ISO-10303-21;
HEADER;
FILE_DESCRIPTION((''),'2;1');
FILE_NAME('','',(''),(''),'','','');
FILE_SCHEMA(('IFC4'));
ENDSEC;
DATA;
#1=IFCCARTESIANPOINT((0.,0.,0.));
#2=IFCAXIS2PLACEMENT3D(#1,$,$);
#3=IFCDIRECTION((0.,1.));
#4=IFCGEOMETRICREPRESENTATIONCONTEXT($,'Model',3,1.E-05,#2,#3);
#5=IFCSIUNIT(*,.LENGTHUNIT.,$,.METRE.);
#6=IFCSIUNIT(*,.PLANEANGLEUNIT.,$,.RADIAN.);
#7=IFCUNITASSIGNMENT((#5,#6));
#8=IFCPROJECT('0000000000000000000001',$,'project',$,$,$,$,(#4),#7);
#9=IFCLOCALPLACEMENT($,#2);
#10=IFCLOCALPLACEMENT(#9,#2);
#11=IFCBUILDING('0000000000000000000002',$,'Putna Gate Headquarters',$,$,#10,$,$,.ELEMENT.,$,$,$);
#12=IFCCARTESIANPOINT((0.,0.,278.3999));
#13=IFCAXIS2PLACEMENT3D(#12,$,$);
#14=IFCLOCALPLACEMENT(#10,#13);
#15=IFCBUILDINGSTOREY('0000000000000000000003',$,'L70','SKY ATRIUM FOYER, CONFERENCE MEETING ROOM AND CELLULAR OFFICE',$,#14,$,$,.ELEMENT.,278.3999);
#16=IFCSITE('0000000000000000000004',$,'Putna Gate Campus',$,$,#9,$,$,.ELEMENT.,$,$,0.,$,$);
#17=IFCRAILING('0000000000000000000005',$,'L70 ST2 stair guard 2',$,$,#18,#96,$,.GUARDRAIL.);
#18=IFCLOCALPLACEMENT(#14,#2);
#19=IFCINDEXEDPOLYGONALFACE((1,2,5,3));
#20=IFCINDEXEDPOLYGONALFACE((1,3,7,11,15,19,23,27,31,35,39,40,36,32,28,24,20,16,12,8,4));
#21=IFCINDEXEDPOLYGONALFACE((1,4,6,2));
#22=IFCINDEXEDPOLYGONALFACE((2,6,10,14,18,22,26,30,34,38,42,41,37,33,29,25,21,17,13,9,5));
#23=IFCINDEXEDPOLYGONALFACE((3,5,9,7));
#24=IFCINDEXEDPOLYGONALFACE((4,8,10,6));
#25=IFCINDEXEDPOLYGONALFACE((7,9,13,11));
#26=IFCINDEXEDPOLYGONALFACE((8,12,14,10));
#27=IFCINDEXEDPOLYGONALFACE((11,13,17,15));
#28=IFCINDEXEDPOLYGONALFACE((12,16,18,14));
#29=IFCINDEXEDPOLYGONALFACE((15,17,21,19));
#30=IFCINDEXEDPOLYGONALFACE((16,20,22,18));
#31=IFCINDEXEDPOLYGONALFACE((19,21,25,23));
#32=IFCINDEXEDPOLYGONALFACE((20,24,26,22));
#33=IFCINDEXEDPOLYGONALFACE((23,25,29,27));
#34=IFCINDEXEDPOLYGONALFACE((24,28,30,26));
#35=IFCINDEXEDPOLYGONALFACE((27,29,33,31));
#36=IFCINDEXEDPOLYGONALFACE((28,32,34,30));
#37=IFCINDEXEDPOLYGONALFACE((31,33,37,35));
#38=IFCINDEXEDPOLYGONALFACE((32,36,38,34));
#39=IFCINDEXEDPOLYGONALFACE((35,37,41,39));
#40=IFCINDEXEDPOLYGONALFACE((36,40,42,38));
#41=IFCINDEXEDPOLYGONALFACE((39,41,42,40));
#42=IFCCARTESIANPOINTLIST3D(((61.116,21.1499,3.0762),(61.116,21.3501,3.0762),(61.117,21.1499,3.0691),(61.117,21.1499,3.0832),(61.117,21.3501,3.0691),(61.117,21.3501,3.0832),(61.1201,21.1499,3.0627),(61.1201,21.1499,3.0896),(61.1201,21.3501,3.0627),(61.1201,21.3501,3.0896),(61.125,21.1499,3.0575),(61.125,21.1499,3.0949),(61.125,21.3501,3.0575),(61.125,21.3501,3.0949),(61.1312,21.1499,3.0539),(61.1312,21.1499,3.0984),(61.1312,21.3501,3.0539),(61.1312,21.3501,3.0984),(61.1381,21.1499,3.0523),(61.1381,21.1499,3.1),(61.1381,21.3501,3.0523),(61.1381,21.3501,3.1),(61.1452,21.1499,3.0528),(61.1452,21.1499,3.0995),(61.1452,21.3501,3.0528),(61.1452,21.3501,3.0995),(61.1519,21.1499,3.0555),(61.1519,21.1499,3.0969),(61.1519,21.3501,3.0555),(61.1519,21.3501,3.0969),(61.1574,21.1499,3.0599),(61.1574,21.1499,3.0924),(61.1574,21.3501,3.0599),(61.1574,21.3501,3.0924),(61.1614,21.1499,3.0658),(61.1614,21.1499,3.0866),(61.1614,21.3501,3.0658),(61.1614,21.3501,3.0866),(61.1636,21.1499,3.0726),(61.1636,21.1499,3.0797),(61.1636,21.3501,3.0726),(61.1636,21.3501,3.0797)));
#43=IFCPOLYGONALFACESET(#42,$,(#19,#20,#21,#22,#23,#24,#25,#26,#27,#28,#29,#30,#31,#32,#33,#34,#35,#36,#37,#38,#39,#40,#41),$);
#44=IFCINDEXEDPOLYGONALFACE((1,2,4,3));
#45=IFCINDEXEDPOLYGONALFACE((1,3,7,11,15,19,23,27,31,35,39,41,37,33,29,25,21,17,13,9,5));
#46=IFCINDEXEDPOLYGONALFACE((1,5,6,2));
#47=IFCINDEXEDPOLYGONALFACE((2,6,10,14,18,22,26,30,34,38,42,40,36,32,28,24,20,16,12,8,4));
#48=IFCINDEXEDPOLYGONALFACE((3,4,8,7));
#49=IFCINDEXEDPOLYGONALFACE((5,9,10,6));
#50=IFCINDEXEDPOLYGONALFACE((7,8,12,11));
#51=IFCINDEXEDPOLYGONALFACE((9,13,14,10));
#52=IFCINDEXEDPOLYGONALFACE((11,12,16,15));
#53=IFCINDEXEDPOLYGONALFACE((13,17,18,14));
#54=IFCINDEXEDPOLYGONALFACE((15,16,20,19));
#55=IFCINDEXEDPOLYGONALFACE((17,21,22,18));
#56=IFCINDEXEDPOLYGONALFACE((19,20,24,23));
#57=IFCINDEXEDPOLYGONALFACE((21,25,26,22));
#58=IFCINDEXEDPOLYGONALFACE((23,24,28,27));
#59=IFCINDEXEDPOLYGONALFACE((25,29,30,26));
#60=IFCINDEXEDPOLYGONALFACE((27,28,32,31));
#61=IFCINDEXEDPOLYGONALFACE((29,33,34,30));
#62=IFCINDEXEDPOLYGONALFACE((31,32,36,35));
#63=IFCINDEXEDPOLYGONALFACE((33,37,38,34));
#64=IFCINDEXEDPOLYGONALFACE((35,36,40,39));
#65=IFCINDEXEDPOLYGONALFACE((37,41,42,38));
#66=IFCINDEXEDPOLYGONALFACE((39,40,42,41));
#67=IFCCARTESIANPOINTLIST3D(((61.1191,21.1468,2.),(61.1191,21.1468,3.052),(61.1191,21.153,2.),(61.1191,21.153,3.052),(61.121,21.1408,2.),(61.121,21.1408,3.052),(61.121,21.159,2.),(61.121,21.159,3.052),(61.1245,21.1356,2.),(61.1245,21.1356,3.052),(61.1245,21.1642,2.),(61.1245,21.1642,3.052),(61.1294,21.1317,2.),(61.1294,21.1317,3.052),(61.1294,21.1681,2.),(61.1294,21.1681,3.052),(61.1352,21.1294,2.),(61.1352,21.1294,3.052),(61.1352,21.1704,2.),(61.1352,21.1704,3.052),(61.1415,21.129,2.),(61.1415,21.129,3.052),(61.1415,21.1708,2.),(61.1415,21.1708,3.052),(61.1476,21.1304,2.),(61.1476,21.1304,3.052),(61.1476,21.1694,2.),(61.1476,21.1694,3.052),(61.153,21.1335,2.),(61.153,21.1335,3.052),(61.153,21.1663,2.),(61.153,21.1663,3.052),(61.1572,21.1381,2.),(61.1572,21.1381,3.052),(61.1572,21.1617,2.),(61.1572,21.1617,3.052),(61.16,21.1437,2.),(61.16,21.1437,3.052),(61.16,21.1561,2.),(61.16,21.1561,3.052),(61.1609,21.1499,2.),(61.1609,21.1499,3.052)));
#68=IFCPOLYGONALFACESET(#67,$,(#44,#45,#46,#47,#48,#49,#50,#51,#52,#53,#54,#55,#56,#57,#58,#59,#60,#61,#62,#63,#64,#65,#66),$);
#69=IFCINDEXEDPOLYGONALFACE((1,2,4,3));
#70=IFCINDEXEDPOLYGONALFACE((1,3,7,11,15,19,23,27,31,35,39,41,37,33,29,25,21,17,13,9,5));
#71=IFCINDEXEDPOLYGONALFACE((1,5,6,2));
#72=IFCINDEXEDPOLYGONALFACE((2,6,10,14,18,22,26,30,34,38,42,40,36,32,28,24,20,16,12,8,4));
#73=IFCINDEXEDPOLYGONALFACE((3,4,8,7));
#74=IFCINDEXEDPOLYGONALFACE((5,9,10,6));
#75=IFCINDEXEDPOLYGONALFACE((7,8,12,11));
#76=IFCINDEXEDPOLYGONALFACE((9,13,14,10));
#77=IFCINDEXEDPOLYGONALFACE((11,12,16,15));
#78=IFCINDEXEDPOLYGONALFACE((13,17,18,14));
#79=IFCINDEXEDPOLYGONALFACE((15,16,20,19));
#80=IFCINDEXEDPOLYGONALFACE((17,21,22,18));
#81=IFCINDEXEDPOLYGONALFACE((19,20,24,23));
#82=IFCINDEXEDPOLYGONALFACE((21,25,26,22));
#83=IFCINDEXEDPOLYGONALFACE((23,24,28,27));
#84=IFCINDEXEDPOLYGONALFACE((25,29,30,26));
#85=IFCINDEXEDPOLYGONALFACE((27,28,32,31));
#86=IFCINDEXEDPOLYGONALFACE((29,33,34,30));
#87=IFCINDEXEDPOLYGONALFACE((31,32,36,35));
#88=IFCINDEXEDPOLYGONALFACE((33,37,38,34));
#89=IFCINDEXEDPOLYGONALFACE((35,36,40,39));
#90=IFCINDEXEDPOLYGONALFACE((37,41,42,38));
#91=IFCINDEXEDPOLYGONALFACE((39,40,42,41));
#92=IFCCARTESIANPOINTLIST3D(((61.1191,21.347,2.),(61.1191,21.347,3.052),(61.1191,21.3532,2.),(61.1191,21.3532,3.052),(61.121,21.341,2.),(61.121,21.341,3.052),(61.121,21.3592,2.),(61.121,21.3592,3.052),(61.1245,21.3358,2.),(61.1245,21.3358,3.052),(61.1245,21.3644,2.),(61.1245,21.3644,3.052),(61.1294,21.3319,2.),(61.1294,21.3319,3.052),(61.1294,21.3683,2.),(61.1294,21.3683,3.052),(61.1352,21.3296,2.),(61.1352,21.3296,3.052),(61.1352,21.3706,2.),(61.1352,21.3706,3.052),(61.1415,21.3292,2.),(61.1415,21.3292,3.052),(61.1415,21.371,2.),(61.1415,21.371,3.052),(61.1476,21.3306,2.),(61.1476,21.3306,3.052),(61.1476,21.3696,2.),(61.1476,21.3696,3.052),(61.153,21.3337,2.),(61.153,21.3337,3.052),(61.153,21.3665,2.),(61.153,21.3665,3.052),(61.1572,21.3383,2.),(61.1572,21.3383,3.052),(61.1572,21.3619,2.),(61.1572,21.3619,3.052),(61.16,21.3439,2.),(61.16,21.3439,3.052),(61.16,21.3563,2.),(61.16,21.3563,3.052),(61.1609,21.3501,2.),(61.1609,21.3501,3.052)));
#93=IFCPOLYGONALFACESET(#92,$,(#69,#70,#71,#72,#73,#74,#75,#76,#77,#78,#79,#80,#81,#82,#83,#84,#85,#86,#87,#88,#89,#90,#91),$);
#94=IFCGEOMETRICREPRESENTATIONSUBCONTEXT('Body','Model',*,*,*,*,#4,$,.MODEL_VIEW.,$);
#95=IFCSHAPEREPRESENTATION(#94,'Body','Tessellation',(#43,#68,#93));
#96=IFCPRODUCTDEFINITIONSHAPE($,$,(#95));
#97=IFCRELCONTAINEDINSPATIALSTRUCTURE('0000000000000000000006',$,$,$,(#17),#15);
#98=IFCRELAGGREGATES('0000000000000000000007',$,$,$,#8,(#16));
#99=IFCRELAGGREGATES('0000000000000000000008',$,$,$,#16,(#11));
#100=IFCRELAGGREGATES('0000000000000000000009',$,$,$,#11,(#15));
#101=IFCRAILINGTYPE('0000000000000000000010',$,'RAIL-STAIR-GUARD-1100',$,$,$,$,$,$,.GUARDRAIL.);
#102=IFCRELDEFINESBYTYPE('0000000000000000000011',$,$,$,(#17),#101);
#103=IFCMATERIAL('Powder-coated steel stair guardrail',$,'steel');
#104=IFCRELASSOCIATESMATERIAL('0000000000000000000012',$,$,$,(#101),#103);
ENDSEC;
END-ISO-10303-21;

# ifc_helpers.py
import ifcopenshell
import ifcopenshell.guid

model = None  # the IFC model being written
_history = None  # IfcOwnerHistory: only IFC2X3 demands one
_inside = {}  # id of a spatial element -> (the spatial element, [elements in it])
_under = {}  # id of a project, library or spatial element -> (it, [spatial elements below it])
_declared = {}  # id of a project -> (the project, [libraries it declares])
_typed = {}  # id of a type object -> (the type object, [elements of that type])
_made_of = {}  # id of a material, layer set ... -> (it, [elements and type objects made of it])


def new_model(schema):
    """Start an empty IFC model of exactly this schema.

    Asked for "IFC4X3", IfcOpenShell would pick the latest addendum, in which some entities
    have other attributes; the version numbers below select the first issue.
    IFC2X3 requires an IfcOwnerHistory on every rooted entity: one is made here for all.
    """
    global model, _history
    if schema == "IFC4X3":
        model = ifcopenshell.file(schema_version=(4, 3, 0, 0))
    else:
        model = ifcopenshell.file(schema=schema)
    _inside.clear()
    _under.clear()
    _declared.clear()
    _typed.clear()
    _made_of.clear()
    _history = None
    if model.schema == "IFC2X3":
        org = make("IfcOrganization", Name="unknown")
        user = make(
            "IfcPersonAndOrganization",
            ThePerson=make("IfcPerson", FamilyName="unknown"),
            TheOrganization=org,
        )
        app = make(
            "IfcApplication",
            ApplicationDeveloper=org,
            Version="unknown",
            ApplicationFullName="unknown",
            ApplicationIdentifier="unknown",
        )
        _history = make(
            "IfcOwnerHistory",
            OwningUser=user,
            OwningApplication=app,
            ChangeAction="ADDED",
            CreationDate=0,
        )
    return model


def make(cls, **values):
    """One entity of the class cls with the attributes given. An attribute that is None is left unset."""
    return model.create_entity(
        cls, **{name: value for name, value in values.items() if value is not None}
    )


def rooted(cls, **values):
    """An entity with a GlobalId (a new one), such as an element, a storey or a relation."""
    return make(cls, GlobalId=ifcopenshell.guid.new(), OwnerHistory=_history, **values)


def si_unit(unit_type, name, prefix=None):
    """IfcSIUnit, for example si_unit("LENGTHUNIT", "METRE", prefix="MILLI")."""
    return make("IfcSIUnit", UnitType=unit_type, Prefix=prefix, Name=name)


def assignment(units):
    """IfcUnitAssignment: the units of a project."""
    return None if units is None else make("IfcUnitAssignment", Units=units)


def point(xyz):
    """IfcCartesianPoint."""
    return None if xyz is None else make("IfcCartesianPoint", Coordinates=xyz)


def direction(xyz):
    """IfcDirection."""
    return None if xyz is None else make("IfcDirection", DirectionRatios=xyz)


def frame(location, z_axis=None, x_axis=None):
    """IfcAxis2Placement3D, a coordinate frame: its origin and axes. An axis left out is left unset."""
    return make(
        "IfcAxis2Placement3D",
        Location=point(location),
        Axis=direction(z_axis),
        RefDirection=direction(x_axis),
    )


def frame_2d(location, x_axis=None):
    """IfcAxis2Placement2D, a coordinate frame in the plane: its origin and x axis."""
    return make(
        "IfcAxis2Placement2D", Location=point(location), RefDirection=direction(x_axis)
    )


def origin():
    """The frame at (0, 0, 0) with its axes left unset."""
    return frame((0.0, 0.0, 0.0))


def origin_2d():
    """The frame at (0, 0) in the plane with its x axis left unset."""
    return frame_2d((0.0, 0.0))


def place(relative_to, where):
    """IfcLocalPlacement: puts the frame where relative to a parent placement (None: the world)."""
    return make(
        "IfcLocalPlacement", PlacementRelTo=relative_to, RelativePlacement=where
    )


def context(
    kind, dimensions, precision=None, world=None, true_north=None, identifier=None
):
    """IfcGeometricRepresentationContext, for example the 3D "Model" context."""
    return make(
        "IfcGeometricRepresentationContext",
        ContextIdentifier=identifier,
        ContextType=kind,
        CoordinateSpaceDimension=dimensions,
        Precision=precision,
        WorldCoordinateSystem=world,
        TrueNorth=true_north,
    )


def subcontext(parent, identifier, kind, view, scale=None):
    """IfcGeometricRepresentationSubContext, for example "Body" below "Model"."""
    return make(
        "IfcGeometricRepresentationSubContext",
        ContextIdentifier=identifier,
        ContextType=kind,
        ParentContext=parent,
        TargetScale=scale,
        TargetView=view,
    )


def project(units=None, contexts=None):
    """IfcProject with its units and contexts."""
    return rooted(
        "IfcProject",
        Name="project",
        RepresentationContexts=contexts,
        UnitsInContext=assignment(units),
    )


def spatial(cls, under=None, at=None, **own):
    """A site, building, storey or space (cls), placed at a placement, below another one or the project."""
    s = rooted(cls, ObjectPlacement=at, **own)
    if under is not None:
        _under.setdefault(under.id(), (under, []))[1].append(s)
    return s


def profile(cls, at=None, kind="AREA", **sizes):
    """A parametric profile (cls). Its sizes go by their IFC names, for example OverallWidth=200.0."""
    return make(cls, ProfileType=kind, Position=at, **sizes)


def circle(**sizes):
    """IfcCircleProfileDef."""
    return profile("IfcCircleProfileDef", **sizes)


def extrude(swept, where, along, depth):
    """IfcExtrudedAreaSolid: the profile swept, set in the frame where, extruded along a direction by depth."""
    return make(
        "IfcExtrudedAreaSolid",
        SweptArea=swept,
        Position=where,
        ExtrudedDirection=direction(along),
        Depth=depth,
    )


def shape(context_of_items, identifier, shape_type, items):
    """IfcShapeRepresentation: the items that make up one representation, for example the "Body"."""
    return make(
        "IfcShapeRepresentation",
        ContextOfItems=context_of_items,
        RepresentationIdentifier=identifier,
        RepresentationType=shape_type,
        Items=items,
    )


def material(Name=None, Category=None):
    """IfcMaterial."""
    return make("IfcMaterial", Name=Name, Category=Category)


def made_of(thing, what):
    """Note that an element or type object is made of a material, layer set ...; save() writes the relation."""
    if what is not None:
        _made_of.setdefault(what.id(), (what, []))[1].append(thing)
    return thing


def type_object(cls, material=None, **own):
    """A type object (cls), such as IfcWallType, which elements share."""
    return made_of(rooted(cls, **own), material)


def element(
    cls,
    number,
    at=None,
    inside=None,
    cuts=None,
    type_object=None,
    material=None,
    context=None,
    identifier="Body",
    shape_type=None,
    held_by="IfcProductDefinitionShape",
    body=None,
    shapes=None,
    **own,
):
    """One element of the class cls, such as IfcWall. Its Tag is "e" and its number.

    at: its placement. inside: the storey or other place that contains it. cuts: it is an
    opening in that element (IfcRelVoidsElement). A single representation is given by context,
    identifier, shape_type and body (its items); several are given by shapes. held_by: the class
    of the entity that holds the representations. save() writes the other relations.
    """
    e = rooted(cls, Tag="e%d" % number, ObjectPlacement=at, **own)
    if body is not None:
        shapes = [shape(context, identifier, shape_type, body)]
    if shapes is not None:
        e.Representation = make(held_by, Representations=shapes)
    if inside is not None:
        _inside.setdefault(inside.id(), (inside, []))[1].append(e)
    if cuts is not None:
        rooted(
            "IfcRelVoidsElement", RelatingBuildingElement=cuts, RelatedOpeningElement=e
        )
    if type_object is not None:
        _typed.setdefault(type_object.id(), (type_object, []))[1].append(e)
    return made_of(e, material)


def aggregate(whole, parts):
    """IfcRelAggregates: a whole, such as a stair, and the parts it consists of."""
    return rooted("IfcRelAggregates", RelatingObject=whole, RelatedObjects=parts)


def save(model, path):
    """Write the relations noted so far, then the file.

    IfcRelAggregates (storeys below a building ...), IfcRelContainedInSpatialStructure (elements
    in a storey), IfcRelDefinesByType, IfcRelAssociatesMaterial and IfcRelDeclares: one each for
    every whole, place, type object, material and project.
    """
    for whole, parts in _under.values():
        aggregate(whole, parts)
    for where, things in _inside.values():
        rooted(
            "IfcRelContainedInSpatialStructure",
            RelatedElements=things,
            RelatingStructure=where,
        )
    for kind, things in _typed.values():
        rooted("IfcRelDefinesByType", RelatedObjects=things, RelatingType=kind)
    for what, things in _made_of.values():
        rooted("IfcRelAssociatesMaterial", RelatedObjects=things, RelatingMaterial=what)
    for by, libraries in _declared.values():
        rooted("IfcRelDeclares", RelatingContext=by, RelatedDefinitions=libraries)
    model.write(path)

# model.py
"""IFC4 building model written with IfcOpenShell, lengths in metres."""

from ifc_helpers import new_model, si_unit, direction, frame, origin, origin_2d, place, context, subcontext, project, spatial, circle, extrude, material, type_object, element, save


model = new_model("IFC4")

# Units and contexts
model_context = context("Model", 3, precision=1e-05, world=origin(), true_north=direction((0.0, 1.0)))
body_context = subcontext(model_context, "Body", "Model", "MODEL_VIEW")
ifc_project = project(units=[si_unit("LENGTHUNIT", "METRE"), si_unit("PLANEANGLEUNIT", "RADIAN")], contexts=[model_context])

# Site, building, storey
site_placement = place(None, origin())
site = spatial("IfcSite", under=ifc_project, at=site_placement, Name="Putna Gate Campus", CompositionType="ELEMENT", RefElevation=0.0)
building_placement = place(site_placement, origin())
building = spatial("IfcBuilding", under=site, at=building_placement, Name="Putna Gate Headquarters", CompositionType="ELEMENT")
storey_placement = place(building_placement, frame((0.0, 0.0, 278.3999)))
storey = spatial("IfcBuildingStorey", under=building, at=storey_placement, Name="L70", Description="SKY ATRIUM FOYER, CONFERENCE MEETING ROOM AND CELLULAR OFFICE", CompositionType="ELEMENT", Elevation=278.3999)

# Railing
ifc_material_1 = material(Name="Powder-coated steel stair guardrail", Category="steel")
railing_type = type_object("IfcRailingType", Name="RAIL-STAIR-GUARD-1100", PredefinedType="GUARDRAIL", material=ifc_material_1)
railing_1_placement = place(storey_placement, frame((61.1399, 21.1499, 2.0)))
element("IfcRailing", 1, at=railing_1_placement, inside=storey, type_object=railing_type, Name="L70 ST2 stair guard 2", PredefinedType="GUARDRAIL", context=body_context, shape_type="SweptSolid", body=[
    extrude(circle(Radius=0.0239, at=origin_2d()), frame((0.0, 0.0, 1.0762), z_axis=(0.0, 1.0, 0.0), x_axis=(-1.0, 0.0, 0.0)), (0.0, 0.0, 1.0), 0.2002),
    extrude(circle(Radius=0.021, at=origin_2d()), origin(), (0.0, 0.0, 1.0), 1.052),
    extrude(circle(Radius=0.021, at=origin_2d()), frame((0.0, 0.2002, 0.0)), (0.0, 0.0, 1.0), 1.052),
])

save(model, "model.ifc")
